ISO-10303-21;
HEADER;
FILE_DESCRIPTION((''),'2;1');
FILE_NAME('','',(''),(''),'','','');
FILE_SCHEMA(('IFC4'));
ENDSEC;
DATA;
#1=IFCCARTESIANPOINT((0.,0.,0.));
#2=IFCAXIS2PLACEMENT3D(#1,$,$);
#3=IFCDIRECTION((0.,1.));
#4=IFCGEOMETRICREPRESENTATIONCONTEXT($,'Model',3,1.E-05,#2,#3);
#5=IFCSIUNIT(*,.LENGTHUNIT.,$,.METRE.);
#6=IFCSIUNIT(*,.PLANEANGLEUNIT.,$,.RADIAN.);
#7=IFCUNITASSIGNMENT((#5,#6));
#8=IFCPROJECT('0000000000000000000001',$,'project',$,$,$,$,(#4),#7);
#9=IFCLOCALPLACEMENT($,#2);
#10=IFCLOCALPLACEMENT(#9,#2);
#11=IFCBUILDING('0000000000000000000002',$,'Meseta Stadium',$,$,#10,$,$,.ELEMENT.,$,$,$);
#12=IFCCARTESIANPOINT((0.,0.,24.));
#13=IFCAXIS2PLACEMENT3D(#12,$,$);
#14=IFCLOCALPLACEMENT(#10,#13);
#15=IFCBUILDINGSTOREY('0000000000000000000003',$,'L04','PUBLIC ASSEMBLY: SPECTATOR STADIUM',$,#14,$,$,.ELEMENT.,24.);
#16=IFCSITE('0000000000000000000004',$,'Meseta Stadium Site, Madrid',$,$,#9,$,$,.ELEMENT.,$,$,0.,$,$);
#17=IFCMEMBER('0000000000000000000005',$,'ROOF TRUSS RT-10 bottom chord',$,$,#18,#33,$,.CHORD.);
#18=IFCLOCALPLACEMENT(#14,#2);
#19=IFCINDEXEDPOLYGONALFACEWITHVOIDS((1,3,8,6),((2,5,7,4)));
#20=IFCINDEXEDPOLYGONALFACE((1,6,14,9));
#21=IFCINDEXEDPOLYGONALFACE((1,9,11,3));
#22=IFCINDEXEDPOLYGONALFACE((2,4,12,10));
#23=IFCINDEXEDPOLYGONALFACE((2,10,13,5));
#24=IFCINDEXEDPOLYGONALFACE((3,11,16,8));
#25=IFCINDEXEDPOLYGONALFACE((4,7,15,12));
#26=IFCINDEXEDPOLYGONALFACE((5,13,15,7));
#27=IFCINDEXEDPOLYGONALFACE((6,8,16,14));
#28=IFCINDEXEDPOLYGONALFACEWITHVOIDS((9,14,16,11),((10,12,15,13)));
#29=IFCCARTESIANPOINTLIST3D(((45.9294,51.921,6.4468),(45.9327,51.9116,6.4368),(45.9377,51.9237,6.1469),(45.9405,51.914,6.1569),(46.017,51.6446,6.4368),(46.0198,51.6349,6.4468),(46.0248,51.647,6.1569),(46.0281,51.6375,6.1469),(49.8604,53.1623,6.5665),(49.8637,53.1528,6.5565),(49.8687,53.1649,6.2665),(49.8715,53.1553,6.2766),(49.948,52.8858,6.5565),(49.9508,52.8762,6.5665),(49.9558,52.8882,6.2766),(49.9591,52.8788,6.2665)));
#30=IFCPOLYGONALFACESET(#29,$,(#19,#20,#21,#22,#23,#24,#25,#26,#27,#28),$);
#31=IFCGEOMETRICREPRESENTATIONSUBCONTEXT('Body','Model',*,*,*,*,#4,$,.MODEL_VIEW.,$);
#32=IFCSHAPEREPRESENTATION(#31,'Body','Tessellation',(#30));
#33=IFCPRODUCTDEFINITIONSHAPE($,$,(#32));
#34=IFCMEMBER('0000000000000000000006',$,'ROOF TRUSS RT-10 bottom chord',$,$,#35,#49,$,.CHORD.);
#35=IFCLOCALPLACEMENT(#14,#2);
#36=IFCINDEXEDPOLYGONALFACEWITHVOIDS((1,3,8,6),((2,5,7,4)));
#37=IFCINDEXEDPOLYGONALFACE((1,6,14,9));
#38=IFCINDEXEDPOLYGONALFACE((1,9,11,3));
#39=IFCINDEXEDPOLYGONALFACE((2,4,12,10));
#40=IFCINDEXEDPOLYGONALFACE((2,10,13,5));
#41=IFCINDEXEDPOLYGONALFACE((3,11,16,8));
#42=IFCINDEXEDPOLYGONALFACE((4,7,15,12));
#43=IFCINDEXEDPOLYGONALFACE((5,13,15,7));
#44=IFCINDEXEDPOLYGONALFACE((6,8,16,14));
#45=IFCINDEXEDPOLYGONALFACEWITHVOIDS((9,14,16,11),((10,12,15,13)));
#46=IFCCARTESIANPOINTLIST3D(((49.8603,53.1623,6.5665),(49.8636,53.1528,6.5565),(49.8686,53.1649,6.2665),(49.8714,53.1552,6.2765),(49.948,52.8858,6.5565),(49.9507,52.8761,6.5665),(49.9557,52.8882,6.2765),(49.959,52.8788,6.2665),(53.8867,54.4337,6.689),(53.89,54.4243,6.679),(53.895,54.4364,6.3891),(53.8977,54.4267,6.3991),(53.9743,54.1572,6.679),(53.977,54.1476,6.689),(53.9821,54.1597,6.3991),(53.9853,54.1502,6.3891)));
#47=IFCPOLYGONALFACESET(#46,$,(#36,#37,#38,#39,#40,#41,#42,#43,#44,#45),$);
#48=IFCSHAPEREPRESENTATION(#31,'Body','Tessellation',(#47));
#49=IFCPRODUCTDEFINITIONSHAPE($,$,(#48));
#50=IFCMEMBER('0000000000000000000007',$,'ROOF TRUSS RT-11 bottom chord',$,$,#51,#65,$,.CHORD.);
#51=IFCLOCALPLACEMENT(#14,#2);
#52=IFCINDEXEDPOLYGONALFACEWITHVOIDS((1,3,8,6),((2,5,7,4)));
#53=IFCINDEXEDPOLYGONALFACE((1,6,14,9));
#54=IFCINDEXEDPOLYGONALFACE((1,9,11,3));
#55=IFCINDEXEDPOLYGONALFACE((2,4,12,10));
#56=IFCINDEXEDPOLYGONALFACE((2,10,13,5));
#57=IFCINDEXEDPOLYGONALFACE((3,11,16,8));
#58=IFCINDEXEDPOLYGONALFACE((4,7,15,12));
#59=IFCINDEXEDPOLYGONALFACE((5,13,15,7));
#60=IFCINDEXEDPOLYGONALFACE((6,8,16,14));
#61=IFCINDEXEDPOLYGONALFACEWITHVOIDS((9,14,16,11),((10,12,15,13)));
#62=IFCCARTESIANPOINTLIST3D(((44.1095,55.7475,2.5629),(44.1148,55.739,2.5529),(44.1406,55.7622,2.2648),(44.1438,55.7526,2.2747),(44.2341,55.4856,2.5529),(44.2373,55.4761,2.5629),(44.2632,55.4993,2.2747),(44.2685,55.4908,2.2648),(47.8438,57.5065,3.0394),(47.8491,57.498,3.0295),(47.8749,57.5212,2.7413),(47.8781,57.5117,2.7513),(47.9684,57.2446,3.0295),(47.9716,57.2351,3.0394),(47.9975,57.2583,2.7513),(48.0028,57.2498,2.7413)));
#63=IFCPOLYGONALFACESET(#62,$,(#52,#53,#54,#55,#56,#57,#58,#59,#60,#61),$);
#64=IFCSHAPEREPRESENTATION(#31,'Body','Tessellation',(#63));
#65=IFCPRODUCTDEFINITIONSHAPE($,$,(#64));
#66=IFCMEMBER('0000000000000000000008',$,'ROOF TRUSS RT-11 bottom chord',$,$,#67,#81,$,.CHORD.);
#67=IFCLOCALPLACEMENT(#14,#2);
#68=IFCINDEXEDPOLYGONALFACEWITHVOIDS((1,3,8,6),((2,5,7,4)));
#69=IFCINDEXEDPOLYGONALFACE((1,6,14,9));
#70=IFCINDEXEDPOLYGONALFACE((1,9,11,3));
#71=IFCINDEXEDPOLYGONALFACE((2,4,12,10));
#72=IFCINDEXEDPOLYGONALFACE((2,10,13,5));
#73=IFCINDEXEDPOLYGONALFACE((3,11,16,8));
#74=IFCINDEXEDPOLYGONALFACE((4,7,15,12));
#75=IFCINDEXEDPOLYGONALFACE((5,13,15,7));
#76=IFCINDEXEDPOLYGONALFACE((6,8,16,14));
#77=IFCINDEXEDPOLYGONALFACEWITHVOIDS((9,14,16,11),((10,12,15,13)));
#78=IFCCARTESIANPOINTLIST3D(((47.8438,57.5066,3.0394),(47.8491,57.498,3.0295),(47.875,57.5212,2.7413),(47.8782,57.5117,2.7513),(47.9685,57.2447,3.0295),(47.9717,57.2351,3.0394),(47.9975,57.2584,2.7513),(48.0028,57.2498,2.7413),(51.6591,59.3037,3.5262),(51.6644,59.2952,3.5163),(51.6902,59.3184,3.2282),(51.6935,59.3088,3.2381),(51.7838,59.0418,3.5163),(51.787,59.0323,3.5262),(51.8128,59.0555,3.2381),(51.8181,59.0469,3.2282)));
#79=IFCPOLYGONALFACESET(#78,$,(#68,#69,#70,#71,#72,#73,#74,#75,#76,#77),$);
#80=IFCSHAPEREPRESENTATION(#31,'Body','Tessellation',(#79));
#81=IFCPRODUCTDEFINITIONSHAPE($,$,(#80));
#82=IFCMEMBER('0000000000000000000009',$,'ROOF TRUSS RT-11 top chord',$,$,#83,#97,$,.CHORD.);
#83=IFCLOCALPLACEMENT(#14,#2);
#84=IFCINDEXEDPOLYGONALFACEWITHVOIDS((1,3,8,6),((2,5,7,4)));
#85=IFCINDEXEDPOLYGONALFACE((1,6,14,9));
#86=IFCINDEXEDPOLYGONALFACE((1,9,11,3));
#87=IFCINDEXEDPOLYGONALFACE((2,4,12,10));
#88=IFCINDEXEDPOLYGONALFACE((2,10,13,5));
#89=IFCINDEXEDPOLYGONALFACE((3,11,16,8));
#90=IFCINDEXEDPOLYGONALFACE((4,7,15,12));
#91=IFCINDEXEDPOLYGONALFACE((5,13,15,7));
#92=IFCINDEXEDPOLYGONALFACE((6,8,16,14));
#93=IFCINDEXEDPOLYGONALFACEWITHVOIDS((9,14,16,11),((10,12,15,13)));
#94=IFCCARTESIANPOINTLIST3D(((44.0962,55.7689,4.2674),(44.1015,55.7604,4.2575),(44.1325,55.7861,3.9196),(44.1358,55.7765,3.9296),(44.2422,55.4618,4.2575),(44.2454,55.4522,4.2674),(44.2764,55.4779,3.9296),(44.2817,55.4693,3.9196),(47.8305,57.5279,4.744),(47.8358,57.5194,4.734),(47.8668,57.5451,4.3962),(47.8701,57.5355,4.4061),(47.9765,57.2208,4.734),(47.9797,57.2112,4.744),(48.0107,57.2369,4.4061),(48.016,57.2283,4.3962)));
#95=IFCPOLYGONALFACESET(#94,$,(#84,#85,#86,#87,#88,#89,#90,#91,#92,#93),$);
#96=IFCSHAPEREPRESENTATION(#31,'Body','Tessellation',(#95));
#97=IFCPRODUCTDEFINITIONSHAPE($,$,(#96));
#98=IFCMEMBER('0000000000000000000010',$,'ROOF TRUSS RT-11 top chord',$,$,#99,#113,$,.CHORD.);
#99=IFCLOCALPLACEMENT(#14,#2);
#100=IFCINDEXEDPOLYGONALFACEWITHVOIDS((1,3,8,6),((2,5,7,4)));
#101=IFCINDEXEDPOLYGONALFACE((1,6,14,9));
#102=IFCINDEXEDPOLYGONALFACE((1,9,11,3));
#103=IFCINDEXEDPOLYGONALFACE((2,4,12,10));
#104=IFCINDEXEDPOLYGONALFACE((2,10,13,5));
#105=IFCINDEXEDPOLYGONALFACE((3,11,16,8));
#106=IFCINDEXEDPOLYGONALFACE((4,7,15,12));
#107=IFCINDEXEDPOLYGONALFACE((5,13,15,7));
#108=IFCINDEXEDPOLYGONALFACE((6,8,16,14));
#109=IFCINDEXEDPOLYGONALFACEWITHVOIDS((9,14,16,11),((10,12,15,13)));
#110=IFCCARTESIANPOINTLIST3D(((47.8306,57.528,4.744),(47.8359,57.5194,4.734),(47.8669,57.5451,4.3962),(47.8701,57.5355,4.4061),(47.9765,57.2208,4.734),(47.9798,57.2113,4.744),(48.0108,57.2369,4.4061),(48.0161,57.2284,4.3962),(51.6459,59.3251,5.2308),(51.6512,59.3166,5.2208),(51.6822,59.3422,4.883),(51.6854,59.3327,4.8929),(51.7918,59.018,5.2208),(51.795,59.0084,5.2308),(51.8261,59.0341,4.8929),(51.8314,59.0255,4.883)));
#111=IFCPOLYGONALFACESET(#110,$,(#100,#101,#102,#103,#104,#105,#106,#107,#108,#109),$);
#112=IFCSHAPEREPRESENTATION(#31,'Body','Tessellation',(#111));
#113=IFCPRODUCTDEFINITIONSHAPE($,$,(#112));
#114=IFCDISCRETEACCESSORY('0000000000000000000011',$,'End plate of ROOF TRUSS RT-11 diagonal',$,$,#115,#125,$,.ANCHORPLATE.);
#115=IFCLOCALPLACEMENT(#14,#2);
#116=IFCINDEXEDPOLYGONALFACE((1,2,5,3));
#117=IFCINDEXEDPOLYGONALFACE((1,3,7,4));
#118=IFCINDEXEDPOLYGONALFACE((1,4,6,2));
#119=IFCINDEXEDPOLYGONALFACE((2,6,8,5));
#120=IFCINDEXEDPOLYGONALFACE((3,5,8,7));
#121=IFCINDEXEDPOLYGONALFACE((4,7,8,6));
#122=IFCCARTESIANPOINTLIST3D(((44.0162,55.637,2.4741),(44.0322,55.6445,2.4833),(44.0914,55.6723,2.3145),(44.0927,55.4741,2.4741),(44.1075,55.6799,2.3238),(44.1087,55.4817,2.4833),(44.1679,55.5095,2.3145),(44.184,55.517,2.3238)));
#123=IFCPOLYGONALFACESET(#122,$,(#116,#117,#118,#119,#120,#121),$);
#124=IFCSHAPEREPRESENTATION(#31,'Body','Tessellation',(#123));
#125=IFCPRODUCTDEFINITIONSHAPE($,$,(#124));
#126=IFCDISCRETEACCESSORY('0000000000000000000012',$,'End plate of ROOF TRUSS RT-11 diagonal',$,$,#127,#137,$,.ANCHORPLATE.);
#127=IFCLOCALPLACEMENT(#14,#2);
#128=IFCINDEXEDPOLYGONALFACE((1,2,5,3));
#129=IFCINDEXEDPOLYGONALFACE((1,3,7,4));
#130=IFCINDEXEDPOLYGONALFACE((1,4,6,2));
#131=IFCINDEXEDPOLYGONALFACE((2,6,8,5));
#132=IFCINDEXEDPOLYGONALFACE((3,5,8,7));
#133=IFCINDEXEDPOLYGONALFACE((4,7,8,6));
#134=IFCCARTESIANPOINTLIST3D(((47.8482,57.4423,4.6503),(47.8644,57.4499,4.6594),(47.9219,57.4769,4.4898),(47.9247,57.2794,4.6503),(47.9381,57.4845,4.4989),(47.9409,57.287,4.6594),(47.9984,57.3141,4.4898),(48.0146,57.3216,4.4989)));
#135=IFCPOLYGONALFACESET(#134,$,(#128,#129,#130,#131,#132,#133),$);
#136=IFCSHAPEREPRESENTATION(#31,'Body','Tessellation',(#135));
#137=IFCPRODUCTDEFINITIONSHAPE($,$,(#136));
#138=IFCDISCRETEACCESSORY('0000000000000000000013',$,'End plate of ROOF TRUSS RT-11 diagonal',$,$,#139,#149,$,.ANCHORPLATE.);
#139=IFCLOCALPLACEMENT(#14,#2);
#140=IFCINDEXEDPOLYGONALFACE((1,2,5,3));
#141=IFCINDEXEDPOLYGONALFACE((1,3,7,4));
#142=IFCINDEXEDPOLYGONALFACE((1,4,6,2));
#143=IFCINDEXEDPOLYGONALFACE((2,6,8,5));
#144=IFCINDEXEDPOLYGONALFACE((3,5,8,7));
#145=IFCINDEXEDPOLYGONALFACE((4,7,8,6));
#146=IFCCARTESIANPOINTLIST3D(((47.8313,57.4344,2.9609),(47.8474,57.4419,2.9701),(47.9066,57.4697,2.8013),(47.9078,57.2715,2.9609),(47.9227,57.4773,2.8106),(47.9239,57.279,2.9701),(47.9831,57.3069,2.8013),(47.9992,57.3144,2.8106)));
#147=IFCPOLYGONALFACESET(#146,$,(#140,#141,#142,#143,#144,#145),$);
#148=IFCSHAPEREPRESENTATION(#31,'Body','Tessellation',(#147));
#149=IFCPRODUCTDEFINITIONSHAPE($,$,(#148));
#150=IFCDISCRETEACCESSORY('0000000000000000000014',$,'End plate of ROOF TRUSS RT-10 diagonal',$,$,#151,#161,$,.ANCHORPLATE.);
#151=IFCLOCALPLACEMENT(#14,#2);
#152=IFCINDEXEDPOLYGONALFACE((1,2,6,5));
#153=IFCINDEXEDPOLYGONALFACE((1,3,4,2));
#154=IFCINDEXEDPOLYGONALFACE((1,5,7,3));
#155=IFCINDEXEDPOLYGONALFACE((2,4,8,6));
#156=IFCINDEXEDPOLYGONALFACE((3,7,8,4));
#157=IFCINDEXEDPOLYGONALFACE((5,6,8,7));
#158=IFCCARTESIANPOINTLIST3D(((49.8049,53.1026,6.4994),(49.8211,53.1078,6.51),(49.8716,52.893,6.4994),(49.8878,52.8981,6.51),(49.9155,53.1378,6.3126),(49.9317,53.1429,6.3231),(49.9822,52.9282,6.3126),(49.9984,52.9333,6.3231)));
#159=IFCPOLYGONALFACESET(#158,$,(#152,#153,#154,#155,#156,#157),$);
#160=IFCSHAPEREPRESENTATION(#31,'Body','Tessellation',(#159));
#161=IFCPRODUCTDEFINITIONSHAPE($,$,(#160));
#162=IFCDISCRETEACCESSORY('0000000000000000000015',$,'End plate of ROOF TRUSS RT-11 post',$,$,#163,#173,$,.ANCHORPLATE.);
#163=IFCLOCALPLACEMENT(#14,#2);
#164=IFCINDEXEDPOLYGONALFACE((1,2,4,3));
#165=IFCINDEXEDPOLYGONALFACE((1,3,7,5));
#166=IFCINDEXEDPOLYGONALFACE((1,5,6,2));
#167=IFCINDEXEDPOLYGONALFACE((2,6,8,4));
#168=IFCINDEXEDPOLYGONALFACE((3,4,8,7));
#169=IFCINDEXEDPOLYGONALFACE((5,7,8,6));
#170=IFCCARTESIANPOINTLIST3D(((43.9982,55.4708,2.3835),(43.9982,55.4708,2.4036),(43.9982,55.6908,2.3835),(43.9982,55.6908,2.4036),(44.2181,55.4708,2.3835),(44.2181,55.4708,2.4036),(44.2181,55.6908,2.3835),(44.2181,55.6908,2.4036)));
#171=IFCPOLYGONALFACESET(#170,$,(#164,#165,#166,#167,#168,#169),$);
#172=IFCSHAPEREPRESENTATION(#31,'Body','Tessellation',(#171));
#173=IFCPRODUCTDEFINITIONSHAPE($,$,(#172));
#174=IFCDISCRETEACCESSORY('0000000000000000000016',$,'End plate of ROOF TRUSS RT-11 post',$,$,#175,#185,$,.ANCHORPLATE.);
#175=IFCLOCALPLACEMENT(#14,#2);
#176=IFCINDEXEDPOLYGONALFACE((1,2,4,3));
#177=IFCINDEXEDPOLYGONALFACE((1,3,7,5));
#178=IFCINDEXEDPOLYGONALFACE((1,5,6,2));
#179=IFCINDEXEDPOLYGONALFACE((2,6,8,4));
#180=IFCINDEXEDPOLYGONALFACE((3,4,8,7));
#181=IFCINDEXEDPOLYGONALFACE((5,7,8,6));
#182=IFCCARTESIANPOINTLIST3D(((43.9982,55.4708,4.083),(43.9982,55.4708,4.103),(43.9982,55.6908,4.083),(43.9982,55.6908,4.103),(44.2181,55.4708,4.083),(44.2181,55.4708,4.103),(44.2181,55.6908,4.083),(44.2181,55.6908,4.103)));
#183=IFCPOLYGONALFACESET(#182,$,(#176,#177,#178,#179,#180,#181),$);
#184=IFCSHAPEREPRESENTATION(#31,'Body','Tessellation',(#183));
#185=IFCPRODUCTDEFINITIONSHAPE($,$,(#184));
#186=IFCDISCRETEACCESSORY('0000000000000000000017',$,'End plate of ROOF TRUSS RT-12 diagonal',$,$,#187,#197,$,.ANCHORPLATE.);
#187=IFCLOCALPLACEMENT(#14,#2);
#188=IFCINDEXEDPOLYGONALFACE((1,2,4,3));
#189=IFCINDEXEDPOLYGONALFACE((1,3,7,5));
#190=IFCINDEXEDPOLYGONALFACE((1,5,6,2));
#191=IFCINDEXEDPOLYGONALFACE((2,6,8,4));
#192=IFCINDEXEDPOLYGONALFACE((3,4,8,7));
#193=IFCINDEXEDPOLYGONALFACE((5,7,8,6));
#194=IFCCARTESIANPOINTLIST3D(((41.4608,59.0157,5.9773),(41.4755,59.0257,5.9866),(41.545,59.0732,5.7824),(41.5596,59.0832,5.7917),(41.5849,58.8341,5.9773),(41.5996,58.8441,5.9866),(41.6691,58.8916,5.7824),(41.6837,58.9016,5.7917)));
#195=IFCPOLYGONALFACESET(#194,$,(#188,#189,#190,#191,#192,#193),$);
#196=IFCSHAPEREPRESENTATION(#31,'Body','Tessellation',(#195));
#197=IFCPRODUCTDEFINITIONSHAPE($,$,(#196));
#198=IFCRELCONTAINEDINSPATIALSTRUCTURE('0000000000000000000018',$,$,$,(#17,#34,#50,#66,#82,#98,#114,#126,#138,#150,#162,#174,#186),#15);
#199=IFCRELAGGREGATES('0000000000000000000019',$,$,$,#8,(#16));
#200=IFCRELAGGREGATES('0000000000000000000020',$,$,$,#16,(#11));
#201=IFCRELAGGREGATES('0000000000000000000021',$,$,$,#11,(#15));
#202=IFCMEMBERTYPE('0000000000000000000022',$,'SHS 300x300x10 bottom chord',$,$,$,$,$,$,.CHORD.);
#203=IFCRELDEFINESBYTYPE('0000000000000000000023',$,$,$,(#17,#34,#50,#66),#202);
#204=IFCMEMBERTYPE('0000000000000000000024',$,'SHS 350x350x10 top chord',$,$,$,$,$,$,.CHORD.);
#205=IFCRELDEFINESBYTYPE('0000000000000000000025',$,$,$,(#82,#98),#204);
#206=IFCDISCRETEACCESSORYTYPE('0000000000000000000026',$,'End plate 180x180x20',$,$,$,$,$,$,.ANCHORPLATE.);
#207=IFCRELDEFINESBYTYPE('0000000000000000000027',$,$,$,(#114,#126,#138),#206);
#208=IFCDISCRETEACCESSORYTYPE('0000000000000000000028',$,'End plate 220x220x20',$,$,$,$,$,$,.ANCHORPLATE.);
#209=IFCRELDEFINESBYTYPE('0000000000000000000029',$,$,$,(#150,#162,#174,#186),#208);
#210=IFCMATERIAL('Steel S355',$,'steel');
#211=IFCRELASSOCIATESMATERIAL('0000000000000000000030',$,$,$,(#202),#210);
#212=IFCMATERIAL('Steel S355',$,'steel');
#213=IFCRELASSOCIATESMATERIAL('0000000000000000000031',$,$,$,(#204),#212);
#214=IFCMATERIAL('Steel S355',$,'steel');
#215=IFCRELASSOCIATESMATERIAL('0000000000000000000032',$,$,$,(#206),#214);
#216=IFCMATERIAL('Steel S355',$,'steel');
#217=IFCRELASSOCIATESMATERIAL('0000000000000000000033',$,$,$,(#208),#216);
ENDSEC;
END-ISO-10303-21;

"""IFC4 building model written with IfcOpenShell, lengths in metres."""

from ifc_helpers import new_model, si_unit, direction, frame, origin, origin_2d, place, context, subcontext, project, spatial, rectangle, hollow_rectangle, extrude, material, material_profile, profile_set, type_object, element, save


model = new_model("IFC4")

# Units and contexts
model_context = context("Model", 3, precision=1e-05, world=origin(), true_north=direction((0.0, 1.0)))
body_context = subcontext(model_context, "Body", "Model", "MODEL_VIEW")
ifc_project = project(units=[si_unit("LENGTHUNIT", "METRE"), si_unit("PLANEANGLEUNIT", "RADIAN")], contexts=[model_context])

# Site, building, storey
site_placement = place(None, origin())
site = spatial("IfcSite", under=ifc_project, at=site_placement, Name="Meseta Stadium Site, Madrid", CompositionType="ELEMENT", RefElevation=0.0)
building_placement = place(site_placement, origin())
building = spatial("IfcBuilding", under=site, at=building_placement, Name="Meseta Stadium", CompositionType="ELEMENT")
storey_placement = place(building_placement, frame((0.0, 0.0, 24.0)))
storey = spatial("IfcBuildingStorey", under=building, at=storey_placement, Name="L04", Description="PUBLIC ASSEMBLY: SPECTATOR STADIUM", CompositionType="ELEMENT", Elevation=24.0)

# Members
ifc_material_1 = material(Name="Steel S355", Category="steel")
ifc_material_profile_1 = material_profile(ifc_material_1, hollow_rectangle(XDim=0.3, YDim=0.3, WallThickness=0.01, at=origin_2d()), Name="SHS 300x300x10")
ifc_profile_set_1 = profile_set([ifc_material_profile_1], Name="Steel S355")
member_type_1 = type_object("IfcMemberType", Name="SHS 300x300x10 bottom chord", PredefinedType="CHORD", material=ifc_profile_set_1)
member_1_placement = place(storey_placement, frame((45.9788, 51.7793, 6.2969), z_axis=(0.95319, 0.300976, 0.029008), x_axis=(-0.301103, 0.953592, 0.0)))
element("IfcMember", 1, at=member_1_placement, inside=storey, type_object=member_type_1, Name="ROOF TRUSS RT-10 bottom chord", PredefinedType="CHORD", context=body_context, shape_type="SweptSolid", body=[
    extrude(hollow_rectangle(XDim=0.3, YDim=0.3, WallThickness=0.01, at=origin_2d()), origin(), (0.0, 0.0, 1.0), 4.124),
])
member_2_placement = place(storey_placement, frame((49.9097, 53.0205, 6.4165), z_axis=(0.953181, 0.301005, 0.029014), x_axis=(-0.301131, 0.953583, 0.0)))
element("IfcMember", 2, at=member_2_placement, inside=storey, type_object=member_type_1, Name="ROOF TRUSS RT-10 bottom chord", PredefinedType="CHORD", context=body_context, shape_type="SweptSolid", body=[
    extrude(hollow_rectangle(XDim=0.3, YDim=0.3, WallThickness=0.01, at=origin_2d()), origin(), (0.0, 0.0, 1.0), 4.2241),
])
member_3_placement = place(storey_placement, frame((44.189, 55.6191, 2.4138), z_axis=(0.898693, 0.423319, 0.114687), x_axis=(-0.42613, 0.904662, 0.0)))
element("IfcMember", 3, at=member_3_placement, inside=storey, type_object=member_type_1, Name="ROOF TRUSS RT-11 bottom chord", PredefinedType="CHORD", context=body_context, shape_type="SweptSolid", body=[
    extrude(hollow_rectangle(XDim=0.3, YDim=0.3, WallThickness=0.01, at=origin_2d()), origin(), (0.0, 0.0, 1.0), 4.1553),
])
member_4_placement = place(storey_placement, frame((47.9233, 57.3782, 2.8904), z_axis=(0.898692, 0.423323, 0.114673), x_axis=(-0.426134, 0.90466, 0.0)))
element("IfcMember", 4, at=member_4_placement, inside=storey, type_object=member_type_1, Name="ROOF TRUSS RT-11 bottom chord", PredefinedType="CHORD", context=body_context, shape_type="SweptSolid", body=[
    extrude(hollow_rectangle(XDim=0.3, YDim=0.3, WallThickness=0.01, at=origin_2d()), origin(), (0.0, 0.0, 1.0), 4.2454),
])
ifc_material_2 = material(Name="Steel S355", Category="steel")
ifc_material_profile_2 = material_profile(ifc_material_2, hollow_rectangle(XDim=0.3501, YDim=0.3501, WallThickness=0.01, at=origin_2d()), Name="SHS 350x350x10")
ifc_profile_set_2 = profile_set([ifc_material_profile_2], Name="Steel S355")
member_type_2 = type_object("IfcMemberType", Name="SHS 350x350x10 top chord", PredefinedType="CHORD", material=ifc_profile_set_2)
member_5_placement = place(storey_placement, frame((44.189, 55.6191, 4.0935), z_axis=(0.898693, 0.423319, 0.114687), x_axis=(-0.42613, 0.904662, 0.0)))
element("IfcMember", 5, at=member_5_placement, inside=storey, type_object=member_type_2, Name="ROOF TRUSS RT-11 top chord", PredefinedType="CHORD", context=body_context, shape_type="SweptSolid", body=[
    extrude(hollow_rectangle(XDim=0.3501, YDim=0.3501, WallThickness=0.01, at=origin_2d()), origin(), (0.0, 0.0, 1.0), 4.1553),
])
member_6_placement = place(storey_placement, frame((47.9233, 57.3782, 4.5701), z_axis=(0.898692, 0.423323, 0.114673), x_axis=(-0.426134, 0.90466, 0.0)))
element("IfcMember", 6, at=member_6_placement, inside=storey, type_object=member_type_2, Name="ROOF TRUSS RT-11 top chord", PredefinedType="CHORD", context=body_context, shape_type="SweptSolid", body=[
    extrude(hollow_rectangle(XDim=0.3501, YDim=0.3501, WallThickness=0.01, at=origin_2d()), origin(), (0.0, 0.0, 1.0), 4.2454),
])

# Discrete accessories
ifc_material_3 = material(Name="Steel S355", Category="steel")
ifc_material_profile_3 = material_profile(ifc_material_3, rectangle(XDim=0.1799, YDim=0.1799, at=origin_2d()), Name="PL 180x180")
ifc_profile_set_3 = profile_set([ifc_material_profile_3], Name="Steel S355")
discrete_accessory_type_1 = type_object("IfcDiscreteAccessoryType", Name="End plate 180x180x20", PredefinedType="ANCHORPLATE", material=ifc_profile_set_3)
for number, where, z_axis, x_axis, name in (
    (7, (44.092, 55.5732, 2.3943), (0.802673, 0.377013, 0.462145), (-0.425136, 0.905129, 0.0), "End plate of ROOF TRUSS RT-11 diagonal"),
    (8, (47.9233, 57.3782, 4.5701), (0.807162, 0.379122, 0.4525), (-0.425136, 0.905129, 0.0), "End plate of ROOF TRUSS RT-11 diagonal"),
    (9, (47.9072, 57.3706, 2.8811), (0.802673, 0.377013, 0.462145), (-0.425136, 0.905129, 0.0), "End plate of ROOF TRUSS RT-11 diagonal"),
):
    element("IfcDiscreteAccessory", number, at=place(storey_placement, frame(where, z_axis=z_axis, x_axis=x_axis)), inside=storey, type_object=discrete_accessory_type_1, Name=name, PredefinedType="ANCHORPLATE", context=body_context, shape_type="SweptSolid", body=[
        extrude(rectangle(XDim=0.1799, YDim=0.1799, at=origin_2d()), origin(), (0.0, 0.0, 1.0), 0.02),
    ])
ifc_material_4 = material(Name="Steel S355", Category="steel")
ifc_material_profile_4 = material_profile(ifc_material_4, rectangle(XDim=0.22, YDim=0.22, at=origin_2d()), Name="PL 220x220")
ifc_profile_set_4 = profile_set([ifc_material_profile_4], Name="Steel S355")
discrete_accessory_type_2 = type_object("IfcDiscreteAccessoryType", Name="End plate 220x220x20", PredefinedType="ANCHORPLATE", material=ifc_profile_set_4)
for number, where, z_axis, x_axis, name in (
    (10, (49.8936, 53.0154, 6.406), (0.809587, 0.257596, 0.527458), (-0.303204, 0.952926, 0.0), "End plate of ROOF TRUSS RT-10 diagonal"),
    (11, (44.1082, 55.5808, 2.3835), (0.0, 0.0, 1.0), (1.0, 0.0, 0.0), "End plate of ROOF TRUSS RT-11 post"),
    (12, (44.1082, 55.5808, 4.083), (0.0, 0.0, 1.0), (1.0, 0.0, 0.0), "End plate of ROOF TRUSS RT-11 post"),
    (13, (41.5649, 58.9536, 5.8799), (0.731653, 0.499963, 0.46338), (-0.564191, 0.825645, 0.0), "End plate of ROOF TRUSS RT-12 diagonal"),
):
    element("IfcDiscreteAccessory", number, at=place(storey_placement, frame(where, z_axis=z_axis, x_axis=x_axis)), inside=storey, type_object=discrete_accessory_type_2, Name=name, PredefinedType="ANCHORPLATE", context=body_context, shape_type="SweptSolid", body=[
        extrude(rectangle(XDim=0.22, YDim=0.22, at=origin_2d()), origin(), (0.0, 0.0, 1.0), 0.02),
    ])

save(model, "model.ifc")
